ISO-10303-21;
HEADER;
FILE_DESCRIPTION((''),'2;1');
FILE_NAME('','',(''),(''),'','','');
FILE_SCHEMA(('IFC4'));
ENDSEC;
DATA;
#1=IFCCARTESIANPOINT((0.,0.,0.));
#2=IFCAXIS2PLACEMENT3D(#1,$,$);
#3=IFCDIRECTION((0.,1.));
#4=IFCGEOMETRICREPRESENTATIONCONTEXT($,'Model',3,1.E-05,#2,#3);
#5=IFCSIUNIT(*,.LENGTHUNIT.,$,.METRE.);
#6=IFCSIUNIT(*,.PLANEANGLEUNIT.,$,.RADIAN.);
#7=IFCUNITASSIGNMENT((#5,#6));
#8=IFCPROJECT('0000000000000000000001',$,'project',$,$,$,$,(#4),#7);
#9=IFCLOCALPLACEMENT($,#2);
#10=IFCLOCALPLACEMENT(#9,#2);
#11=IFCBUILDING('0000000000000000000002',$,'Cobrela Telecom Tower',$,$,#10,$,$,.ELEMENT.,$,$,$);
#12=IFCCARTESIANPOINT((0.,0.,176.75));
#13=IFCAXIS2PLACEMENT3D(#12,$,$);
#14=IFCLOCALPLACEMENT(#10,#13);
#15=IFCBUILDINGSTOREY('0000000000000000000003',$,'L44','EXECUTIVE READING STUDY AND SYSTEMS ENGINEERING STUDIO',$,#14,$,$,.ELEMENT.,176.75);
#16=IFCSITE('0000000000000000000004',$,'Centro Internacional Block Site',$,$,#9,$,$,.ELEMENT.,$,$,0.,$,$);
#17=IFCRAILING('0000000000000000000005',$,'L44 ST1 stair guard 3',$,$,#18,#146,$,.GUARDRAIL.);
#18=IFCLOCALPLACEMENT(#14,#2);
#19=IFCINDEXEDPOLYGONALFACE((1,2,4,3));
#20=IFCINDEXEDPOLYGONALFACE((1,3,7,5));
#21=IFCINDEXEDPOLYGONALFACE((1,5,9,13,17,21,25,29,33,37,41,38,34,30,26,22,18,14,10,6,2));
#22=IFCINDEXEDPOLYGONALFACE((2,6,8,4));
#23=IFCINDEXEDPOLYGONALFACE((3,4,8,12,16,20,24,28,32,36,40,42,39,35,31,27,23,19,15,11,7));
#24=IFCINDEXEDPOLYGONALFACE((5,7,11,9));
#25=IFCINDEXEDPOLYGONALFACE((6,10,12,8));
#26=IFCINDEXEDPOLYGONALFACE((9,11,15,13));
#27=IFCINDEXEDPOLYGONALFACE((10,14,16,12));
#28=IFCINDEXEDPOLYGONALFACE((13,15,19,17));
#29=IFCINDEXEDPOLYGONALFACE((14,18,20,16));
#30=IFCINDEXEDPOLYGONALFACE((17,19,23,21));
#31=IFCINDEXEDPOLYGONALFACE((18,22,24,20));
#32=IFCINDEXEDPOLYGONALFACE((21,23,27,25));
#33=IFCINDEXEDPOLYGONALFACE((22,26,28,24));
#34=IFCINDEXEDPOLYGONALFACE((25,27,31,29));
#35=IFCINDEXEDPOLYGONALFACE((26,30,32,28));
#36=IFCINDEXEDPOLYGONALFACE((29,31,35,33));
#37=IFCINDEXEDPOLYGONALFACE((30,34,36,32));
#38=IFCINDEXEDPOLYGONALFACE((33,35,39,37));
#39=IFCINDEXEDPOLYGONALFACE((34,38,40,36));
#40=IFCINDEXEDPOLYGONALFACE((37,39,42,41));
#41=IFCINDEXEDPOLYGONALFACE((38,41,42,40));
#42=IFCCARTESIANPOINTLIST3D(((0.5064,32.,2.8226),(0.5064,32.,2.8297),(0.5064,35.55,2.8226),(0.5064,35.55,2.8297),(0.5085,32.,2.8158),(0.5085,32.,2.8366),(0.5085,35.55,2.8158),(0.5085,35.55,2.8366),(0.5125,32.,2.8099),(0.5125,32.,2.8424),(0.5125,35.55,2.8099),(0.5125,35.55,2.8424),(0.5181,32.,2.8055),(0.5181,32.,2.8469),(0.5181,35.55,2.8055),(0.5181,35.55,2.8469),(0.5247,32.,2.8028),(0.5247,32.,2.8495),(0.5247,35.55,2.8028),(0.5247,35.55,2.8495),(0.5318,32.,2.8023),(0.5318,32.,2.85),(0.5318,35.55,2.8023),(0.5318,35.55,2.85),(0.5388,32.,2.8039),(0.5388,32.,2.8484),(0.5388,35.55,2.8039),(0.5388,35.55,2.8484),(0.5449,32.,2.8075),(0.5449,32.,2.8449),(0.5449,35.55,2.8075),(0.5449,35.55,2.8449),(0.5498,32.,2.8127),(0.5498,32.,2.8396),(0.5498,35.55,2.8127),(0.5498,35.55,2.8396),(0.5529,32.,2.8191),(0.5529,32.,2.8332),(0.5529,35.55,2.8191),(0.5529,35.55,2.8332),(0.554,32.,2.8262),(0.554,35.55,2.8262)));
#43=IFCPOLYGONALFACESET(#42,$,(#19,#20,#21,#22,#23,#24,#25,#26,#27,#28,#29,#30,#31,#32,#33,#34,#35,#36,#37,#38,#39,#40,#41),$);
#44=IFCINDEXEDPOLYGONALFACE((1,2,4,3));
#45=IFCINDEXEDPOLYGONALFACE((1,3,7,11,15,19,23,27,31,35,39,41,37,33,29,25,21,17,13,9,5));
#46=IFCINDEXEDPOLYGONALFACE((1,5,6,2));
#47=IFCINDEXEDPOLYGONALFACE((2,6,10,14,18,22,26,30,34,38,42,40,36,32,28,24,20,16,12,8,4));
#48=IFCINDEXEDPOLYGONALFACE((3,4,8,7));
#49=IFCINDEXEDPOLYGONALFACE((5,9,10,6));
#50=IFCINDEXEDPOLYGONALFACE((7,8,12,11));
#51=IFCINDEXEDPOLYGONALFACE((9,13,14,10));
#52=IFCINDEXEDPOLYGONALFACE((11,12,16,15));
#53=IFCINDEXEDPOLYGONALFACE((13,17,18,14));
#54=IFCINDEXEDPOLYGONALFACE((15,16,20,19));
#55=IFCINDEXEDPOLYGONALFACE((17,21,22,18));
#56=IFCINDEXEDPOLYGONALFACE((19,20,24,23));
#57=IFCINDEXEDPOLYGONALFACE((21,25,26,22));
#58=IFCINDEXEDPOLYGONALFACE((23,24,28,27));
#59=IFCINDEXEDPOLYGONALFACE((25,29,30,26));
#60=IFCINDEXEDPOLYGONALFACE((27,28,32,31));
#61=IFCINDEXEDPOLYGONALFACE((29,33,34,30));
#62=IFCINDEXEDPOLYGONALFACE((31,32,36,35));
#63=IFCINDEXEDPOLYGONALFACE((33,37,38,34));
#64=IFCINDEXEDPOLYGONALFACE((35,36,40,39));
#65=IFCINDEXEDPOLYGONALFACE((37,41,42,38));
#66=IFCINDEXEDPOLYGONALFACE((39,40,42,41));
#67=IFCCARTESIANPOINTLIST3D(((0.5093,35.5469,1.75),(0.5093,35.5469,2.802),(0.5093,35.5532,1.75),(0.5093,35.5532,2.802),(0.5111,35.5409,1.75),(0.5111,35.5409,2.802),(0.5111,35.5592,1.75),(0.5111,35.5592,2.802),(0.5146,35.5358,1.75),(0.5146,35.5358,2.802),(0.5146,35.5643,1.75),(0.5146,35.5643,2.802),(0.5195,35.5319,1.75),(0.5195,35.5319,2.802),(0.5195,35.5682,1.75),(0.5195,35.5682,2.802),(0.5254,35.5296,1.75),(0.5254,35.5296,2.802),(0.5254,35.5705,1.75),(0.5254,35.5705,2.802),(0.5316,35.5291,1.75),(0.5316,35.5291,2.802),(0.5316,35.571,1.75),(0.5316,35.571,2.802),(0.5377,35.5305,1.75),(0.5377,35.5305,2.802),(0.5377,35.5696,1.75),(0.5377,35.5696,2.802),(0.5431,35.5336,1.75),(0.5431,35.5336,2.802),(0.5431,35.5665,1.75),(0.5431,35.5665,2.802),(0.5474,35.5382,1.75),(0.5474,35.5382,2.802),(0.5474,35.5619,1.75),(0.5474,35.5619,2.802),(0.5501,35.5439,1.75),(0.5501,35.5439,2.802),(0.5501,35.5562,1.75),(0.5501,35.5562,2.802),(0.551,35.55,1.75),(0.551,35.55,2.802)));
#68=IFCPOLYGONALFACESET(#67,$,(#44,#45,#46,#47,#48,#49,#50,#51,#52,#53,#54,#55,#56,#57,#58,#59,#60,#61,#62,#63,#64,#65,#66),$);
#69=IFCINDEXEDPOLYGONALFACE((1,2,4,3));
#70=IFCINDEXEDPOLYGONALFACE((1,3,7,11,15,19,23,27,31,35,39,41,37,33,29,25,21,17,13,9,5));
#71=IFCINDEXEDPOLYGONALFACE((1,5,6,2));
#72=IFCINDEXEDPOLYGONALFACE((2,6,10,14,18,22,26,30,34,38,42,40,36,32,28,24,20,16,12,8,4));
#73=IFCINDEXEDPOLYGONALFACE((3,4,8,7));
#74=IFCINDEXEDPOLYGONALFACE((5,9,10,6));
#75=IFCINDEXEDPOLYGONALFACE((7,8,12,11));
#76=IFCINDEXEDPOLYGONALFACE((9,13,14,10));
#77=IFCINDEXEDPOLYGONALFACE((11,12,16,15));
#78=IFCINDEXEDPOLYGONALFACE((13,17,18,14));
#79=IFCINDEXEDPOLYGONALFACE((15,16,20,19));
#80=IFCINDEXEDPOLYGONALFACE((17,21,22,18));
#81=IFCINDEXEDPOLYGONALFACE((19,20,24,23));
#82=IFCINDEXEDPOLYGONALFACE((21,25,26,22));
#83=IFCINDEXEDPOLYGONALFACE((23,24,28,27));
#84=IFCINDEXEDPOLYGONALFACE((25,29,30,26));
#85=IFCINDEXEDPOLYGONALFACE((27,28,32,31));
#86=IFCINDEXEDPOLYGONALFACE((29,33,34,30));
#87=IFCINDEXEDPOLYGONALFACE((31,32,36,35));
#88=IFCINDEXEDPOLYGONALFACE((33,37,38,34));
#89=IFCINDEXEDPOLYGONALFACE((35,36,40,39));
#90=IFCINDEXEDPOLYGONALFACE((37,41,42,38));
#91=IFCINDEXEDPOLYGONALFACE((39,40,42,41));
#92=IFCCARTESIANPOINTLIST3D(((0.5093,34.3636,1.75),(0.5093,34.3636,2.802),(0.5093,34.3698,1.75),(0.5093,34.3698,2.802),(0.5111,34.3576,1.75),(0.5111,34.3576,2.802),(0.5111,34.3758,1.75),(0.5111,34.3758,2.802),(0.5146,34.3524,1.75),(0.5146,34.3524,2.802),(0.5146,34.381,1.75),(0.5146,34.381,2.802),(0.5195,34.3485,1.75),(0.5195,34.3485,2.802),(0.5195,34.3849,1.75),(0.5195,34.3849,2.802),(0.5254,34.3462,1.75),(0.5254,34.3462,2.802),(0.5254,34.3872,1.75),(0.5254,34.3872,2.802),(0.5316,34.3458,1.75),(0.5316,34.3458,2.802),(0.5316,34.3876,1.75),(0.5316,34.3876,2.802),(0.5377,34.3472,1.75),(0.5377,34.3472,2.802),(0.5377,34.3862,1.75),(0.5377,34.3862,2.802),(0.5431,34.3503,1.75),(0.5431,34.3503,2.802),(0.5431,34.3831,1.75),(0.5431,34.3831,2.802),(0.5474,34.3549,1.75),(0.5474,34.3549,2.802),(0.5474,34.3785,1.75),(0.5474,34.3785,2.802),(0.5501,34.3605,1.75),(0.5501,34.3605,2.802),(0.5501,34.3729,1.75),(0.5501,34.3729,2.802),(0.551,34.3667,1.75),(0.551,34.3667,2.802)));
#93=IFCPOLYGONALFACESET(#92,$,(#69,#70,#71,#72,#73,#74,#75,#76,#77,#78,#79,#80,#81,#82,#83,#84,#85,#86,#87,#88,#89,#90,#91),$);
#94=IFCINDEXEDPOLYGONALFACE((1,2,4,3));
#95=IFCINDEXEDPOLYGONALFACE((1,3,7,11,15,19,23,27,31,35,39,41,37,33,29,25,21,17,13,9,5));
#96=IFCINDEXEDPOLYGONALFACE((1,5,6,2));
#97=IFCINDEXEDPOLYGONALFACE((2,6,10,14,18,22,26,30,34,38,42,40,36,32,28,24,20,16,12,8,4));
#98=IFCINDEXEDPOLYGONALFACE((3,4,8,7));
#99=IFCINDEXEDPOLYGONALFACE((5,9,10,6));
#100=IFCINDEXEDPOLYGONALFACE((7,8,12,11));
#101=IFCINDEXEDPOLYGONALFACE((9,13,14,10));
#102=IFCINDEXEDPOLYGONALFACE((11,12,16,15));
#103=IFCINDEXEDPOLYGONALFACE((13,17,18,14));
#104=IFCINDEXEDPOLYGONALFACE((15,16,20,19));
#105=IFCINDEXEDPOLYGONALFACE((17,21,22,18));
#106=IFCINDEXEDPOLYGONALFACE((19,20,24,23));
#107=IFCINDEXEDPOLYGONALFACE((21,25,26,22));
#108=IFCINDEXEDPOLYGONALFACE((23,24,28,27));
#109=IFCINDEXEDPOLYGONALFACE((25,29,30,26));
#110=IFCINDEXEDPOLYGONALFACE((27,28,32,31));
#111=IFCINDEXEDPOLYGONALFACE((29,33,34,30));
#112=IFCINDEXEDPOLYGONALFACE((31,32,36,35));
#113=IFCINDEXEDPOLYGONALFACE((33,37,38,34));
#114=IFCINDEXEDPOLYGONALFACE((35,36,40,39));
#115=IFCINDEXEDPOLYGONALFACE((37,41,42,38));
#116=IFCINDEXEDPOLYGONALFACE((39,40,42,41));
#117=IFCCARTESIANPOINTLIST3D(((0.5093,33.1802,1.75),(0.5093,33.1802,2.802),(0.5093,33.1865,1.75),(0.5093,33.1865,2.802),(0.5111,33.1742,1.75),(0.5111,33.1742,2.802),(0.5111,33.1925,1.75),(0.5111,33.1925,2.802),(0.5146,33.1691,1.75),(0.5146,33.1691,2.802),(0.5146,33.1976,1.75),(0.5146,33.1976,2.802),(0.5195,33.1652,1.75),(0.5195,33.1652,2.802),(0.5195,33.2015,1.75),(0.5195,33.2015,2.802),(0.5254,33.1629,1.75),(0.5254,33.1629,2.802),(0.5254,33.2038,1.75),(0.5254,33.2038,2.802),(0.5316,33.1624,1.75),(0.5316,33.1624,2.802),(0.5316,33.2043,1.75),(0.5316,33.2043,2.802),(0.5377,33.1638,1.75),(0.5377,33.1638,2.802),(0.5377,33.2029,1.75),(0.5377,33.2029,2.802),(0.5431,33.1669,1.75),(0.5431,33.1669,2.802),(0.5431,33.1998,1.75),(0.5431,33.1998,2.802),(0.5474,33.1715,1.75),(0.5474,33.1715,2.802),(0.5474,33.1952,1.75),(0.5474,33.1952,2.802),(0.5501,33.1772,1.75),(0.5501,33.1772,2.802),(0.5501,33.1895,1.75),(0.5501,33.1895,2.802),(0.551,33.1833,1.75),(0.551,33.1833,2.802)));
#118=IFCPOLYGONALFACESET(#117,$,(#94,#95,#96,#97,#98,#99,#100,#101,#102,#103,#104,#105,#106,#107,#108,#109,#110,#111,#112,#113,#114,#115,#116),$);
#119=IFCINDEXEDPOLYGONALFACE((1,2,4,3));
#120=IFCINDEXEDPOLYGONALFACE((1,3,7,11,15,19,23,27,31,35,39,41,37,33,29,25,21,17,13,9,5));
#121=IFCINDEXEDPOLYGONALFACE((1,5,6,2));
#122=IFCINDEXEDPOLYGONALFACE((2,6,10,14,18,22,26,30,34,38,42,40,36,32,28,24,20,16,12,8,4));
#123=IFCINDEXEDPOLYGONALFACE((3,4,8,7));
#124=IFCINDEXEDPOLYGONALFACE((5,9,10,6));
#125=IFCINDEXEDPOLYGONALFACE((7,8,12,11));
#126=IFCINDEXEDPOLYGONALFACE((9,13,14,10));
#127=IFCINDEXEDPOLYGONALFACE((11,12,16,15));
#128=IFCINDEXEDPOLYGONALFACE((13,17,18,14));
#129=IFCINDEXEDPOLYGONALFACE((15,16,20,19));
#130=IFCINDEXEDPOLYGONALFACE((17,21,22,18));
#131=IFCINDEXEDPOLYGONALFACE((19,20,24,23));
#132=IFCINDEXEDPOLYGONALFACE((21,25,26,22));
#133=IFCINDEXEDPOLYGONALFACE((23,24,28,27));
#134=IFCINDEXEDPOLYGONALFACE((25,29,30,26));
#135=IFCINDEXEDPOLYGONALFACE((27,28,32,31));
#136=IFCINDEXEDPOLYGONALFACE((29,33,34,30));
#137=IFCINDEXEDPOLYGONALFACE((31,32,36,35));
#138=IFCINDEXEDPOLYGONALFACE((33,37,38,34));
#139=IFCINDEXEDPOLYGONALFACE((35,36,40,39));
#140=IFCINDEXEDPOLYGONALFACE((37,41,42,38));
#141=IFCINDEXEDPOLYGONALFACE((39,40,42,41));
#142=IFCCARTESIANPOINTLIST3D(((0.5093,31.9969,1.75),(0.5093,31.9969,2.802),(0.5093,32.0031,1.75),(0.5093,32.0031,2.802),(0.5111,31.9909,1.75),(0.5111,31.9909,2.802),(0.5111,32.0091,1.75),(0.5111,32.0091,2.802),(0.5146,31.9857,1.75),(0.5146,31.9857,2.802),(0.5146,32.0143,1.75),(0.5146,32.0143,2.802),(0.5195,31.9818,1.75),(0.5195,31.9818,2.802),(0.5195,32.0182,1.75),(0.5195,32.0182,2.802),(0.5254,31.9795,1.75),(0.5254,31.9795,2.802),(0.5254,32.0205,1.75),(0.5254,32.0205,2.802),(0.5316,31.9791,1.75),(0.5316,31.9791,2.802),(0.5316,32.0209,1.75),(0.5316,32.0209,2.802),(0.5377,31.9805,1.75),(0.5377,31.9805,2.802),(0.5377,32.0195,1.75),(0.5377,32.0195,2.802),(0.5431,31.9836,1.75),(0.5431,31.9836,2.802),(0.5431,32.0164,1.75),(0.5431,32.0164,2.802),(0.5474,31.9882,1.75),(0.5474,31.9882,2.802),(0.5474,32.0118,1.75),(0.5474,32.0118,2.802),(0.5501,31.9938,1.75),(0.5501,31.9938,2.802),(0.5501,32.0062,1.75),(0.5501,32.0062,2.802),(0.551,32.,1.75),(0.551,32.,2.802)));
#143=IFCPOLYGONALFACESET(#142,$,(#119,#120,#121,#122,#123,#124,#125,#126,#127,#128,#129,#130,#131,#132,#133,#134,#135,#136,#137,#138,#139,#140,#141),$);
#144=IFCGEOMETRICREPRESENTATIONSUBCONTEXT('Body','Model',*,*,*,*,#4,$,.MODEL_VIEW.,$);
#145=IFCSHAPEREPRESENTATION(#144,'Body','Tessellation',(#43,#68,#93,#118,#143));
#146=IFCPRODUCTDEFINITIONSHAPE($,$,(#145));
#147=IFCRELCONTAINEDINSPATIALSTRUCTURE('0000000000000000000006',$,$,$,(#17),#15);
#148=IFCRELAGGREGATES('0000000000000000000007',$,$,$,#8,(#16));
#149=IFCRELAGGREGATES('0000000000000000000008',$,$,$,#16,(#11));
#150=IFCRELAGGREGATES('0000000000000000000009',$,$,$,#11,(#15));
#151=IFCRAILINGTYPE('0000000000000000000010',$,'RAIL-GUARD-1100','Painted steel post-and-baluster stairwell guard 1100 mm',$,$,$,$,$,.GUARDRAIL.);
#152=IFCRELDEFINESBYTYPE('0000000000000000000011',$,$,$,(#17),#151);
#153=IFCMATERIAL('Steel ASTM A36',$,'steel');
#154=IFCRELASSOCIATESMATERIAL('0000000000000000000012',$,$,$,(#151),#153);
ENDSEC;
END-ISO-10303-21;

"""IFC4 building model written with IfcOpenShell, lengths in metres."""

from ifc_helpers import new_model, si_unit, direction, frame, origin, origin_2d, place, context, subcontext, project, spatial, circle, extrude, material, type_object, element, save


model = new_model("IFC4")

# Units and contexts
model_context = context("Model", 3, precision=1e-05, world=origin(), true_north=direction((0.0, 1.0)))
body_context = subcontext(model_context, "Body", "Model", "MODEL_VIEW")
ifc_project = project(units=[si_unit("LENGTHUNIT", "METRE"), si_unit("PLANEANGLEUNIT", "RADIAN")], contexts=[model_context])

# Site, building, storey
site_placement = place(None, origin())
site = spatial("IfcSite", under=ifc_project, at=site_placement, Name="Centro Internacional Block Site", CompositionType="ELEMENT", RefElevation=0.0)
building_placement = place(site_placement, origin())
building = spatial("IfcBuilding", under=site, at=building_placement, Name="Cobrela Telecom Tower", CompositionType="ELEMENT")
storey_placement = place(building_placement, frame((0.0, 0.0, 176.75)))
storey = spatial("IfcBuildingStorey", under=building, at=storey_placement, Name="L44", Description="EXECUTIVE READING STUDY AND SYSTEMS ENGINEERING STUDIO", CompositionType="ELEMENT", Elevation=176.75)

# Shared definitions
ifc_material_1 = material(Name="Steel ASTM A36", Category="steel")

# Railing
railing_type_1 = type_object("IfcRailingType", Name="RAIL-GUARD-1100", Description="Painted steel post-and-baluster stairwell guard 1100 mm", PredefinedType="GUARDRAIL", material=ifc_material_1)
railing_1_placement = place(storey_placement, frame((0.53, 35.55, 1.75)))
element("IfcRailing", 1, at=railing_1_placement, inside=storey, type_object=railing_type_1, Name="L44 ST1 stair guard 3", PredefinedType="GUARDRAIL", context=body_context, shape_type="SweptSolid", body=[
    extrude(circle(Radius=0.0239, at=origin_2d()), frame((0.0, 0.0, 1.0762), z_axis=(0.0, -1.0, 0.0), x_axis=(1.0, 0.0, 0.0)), (0.0, 0.0, 1.0), 3.55),
    extrude(circle(Radius=0.021, at=origin_2d()), origin(), (0.0, 0.0, 1.0), 1.052),
    extrude(circle(Radius=0.021, at=origin_2d()), frame((0.0, -1.1833, 0.0)), (0.0, 0.0, 1.0), 1.052),
    extrude(circle(Radius=0.021, at=origin_2d()), frame((0.0, -2.3667, 0.0)), (0.0, 0.0, 1.0), 1.052),
    extrude(circle(Radius=0.021, at=origin_2d()), frame((0.0, -3.55, 0.0)), (0.0, 0.0, 1.0), 1.052),
])

save(model, "model.ifc")
